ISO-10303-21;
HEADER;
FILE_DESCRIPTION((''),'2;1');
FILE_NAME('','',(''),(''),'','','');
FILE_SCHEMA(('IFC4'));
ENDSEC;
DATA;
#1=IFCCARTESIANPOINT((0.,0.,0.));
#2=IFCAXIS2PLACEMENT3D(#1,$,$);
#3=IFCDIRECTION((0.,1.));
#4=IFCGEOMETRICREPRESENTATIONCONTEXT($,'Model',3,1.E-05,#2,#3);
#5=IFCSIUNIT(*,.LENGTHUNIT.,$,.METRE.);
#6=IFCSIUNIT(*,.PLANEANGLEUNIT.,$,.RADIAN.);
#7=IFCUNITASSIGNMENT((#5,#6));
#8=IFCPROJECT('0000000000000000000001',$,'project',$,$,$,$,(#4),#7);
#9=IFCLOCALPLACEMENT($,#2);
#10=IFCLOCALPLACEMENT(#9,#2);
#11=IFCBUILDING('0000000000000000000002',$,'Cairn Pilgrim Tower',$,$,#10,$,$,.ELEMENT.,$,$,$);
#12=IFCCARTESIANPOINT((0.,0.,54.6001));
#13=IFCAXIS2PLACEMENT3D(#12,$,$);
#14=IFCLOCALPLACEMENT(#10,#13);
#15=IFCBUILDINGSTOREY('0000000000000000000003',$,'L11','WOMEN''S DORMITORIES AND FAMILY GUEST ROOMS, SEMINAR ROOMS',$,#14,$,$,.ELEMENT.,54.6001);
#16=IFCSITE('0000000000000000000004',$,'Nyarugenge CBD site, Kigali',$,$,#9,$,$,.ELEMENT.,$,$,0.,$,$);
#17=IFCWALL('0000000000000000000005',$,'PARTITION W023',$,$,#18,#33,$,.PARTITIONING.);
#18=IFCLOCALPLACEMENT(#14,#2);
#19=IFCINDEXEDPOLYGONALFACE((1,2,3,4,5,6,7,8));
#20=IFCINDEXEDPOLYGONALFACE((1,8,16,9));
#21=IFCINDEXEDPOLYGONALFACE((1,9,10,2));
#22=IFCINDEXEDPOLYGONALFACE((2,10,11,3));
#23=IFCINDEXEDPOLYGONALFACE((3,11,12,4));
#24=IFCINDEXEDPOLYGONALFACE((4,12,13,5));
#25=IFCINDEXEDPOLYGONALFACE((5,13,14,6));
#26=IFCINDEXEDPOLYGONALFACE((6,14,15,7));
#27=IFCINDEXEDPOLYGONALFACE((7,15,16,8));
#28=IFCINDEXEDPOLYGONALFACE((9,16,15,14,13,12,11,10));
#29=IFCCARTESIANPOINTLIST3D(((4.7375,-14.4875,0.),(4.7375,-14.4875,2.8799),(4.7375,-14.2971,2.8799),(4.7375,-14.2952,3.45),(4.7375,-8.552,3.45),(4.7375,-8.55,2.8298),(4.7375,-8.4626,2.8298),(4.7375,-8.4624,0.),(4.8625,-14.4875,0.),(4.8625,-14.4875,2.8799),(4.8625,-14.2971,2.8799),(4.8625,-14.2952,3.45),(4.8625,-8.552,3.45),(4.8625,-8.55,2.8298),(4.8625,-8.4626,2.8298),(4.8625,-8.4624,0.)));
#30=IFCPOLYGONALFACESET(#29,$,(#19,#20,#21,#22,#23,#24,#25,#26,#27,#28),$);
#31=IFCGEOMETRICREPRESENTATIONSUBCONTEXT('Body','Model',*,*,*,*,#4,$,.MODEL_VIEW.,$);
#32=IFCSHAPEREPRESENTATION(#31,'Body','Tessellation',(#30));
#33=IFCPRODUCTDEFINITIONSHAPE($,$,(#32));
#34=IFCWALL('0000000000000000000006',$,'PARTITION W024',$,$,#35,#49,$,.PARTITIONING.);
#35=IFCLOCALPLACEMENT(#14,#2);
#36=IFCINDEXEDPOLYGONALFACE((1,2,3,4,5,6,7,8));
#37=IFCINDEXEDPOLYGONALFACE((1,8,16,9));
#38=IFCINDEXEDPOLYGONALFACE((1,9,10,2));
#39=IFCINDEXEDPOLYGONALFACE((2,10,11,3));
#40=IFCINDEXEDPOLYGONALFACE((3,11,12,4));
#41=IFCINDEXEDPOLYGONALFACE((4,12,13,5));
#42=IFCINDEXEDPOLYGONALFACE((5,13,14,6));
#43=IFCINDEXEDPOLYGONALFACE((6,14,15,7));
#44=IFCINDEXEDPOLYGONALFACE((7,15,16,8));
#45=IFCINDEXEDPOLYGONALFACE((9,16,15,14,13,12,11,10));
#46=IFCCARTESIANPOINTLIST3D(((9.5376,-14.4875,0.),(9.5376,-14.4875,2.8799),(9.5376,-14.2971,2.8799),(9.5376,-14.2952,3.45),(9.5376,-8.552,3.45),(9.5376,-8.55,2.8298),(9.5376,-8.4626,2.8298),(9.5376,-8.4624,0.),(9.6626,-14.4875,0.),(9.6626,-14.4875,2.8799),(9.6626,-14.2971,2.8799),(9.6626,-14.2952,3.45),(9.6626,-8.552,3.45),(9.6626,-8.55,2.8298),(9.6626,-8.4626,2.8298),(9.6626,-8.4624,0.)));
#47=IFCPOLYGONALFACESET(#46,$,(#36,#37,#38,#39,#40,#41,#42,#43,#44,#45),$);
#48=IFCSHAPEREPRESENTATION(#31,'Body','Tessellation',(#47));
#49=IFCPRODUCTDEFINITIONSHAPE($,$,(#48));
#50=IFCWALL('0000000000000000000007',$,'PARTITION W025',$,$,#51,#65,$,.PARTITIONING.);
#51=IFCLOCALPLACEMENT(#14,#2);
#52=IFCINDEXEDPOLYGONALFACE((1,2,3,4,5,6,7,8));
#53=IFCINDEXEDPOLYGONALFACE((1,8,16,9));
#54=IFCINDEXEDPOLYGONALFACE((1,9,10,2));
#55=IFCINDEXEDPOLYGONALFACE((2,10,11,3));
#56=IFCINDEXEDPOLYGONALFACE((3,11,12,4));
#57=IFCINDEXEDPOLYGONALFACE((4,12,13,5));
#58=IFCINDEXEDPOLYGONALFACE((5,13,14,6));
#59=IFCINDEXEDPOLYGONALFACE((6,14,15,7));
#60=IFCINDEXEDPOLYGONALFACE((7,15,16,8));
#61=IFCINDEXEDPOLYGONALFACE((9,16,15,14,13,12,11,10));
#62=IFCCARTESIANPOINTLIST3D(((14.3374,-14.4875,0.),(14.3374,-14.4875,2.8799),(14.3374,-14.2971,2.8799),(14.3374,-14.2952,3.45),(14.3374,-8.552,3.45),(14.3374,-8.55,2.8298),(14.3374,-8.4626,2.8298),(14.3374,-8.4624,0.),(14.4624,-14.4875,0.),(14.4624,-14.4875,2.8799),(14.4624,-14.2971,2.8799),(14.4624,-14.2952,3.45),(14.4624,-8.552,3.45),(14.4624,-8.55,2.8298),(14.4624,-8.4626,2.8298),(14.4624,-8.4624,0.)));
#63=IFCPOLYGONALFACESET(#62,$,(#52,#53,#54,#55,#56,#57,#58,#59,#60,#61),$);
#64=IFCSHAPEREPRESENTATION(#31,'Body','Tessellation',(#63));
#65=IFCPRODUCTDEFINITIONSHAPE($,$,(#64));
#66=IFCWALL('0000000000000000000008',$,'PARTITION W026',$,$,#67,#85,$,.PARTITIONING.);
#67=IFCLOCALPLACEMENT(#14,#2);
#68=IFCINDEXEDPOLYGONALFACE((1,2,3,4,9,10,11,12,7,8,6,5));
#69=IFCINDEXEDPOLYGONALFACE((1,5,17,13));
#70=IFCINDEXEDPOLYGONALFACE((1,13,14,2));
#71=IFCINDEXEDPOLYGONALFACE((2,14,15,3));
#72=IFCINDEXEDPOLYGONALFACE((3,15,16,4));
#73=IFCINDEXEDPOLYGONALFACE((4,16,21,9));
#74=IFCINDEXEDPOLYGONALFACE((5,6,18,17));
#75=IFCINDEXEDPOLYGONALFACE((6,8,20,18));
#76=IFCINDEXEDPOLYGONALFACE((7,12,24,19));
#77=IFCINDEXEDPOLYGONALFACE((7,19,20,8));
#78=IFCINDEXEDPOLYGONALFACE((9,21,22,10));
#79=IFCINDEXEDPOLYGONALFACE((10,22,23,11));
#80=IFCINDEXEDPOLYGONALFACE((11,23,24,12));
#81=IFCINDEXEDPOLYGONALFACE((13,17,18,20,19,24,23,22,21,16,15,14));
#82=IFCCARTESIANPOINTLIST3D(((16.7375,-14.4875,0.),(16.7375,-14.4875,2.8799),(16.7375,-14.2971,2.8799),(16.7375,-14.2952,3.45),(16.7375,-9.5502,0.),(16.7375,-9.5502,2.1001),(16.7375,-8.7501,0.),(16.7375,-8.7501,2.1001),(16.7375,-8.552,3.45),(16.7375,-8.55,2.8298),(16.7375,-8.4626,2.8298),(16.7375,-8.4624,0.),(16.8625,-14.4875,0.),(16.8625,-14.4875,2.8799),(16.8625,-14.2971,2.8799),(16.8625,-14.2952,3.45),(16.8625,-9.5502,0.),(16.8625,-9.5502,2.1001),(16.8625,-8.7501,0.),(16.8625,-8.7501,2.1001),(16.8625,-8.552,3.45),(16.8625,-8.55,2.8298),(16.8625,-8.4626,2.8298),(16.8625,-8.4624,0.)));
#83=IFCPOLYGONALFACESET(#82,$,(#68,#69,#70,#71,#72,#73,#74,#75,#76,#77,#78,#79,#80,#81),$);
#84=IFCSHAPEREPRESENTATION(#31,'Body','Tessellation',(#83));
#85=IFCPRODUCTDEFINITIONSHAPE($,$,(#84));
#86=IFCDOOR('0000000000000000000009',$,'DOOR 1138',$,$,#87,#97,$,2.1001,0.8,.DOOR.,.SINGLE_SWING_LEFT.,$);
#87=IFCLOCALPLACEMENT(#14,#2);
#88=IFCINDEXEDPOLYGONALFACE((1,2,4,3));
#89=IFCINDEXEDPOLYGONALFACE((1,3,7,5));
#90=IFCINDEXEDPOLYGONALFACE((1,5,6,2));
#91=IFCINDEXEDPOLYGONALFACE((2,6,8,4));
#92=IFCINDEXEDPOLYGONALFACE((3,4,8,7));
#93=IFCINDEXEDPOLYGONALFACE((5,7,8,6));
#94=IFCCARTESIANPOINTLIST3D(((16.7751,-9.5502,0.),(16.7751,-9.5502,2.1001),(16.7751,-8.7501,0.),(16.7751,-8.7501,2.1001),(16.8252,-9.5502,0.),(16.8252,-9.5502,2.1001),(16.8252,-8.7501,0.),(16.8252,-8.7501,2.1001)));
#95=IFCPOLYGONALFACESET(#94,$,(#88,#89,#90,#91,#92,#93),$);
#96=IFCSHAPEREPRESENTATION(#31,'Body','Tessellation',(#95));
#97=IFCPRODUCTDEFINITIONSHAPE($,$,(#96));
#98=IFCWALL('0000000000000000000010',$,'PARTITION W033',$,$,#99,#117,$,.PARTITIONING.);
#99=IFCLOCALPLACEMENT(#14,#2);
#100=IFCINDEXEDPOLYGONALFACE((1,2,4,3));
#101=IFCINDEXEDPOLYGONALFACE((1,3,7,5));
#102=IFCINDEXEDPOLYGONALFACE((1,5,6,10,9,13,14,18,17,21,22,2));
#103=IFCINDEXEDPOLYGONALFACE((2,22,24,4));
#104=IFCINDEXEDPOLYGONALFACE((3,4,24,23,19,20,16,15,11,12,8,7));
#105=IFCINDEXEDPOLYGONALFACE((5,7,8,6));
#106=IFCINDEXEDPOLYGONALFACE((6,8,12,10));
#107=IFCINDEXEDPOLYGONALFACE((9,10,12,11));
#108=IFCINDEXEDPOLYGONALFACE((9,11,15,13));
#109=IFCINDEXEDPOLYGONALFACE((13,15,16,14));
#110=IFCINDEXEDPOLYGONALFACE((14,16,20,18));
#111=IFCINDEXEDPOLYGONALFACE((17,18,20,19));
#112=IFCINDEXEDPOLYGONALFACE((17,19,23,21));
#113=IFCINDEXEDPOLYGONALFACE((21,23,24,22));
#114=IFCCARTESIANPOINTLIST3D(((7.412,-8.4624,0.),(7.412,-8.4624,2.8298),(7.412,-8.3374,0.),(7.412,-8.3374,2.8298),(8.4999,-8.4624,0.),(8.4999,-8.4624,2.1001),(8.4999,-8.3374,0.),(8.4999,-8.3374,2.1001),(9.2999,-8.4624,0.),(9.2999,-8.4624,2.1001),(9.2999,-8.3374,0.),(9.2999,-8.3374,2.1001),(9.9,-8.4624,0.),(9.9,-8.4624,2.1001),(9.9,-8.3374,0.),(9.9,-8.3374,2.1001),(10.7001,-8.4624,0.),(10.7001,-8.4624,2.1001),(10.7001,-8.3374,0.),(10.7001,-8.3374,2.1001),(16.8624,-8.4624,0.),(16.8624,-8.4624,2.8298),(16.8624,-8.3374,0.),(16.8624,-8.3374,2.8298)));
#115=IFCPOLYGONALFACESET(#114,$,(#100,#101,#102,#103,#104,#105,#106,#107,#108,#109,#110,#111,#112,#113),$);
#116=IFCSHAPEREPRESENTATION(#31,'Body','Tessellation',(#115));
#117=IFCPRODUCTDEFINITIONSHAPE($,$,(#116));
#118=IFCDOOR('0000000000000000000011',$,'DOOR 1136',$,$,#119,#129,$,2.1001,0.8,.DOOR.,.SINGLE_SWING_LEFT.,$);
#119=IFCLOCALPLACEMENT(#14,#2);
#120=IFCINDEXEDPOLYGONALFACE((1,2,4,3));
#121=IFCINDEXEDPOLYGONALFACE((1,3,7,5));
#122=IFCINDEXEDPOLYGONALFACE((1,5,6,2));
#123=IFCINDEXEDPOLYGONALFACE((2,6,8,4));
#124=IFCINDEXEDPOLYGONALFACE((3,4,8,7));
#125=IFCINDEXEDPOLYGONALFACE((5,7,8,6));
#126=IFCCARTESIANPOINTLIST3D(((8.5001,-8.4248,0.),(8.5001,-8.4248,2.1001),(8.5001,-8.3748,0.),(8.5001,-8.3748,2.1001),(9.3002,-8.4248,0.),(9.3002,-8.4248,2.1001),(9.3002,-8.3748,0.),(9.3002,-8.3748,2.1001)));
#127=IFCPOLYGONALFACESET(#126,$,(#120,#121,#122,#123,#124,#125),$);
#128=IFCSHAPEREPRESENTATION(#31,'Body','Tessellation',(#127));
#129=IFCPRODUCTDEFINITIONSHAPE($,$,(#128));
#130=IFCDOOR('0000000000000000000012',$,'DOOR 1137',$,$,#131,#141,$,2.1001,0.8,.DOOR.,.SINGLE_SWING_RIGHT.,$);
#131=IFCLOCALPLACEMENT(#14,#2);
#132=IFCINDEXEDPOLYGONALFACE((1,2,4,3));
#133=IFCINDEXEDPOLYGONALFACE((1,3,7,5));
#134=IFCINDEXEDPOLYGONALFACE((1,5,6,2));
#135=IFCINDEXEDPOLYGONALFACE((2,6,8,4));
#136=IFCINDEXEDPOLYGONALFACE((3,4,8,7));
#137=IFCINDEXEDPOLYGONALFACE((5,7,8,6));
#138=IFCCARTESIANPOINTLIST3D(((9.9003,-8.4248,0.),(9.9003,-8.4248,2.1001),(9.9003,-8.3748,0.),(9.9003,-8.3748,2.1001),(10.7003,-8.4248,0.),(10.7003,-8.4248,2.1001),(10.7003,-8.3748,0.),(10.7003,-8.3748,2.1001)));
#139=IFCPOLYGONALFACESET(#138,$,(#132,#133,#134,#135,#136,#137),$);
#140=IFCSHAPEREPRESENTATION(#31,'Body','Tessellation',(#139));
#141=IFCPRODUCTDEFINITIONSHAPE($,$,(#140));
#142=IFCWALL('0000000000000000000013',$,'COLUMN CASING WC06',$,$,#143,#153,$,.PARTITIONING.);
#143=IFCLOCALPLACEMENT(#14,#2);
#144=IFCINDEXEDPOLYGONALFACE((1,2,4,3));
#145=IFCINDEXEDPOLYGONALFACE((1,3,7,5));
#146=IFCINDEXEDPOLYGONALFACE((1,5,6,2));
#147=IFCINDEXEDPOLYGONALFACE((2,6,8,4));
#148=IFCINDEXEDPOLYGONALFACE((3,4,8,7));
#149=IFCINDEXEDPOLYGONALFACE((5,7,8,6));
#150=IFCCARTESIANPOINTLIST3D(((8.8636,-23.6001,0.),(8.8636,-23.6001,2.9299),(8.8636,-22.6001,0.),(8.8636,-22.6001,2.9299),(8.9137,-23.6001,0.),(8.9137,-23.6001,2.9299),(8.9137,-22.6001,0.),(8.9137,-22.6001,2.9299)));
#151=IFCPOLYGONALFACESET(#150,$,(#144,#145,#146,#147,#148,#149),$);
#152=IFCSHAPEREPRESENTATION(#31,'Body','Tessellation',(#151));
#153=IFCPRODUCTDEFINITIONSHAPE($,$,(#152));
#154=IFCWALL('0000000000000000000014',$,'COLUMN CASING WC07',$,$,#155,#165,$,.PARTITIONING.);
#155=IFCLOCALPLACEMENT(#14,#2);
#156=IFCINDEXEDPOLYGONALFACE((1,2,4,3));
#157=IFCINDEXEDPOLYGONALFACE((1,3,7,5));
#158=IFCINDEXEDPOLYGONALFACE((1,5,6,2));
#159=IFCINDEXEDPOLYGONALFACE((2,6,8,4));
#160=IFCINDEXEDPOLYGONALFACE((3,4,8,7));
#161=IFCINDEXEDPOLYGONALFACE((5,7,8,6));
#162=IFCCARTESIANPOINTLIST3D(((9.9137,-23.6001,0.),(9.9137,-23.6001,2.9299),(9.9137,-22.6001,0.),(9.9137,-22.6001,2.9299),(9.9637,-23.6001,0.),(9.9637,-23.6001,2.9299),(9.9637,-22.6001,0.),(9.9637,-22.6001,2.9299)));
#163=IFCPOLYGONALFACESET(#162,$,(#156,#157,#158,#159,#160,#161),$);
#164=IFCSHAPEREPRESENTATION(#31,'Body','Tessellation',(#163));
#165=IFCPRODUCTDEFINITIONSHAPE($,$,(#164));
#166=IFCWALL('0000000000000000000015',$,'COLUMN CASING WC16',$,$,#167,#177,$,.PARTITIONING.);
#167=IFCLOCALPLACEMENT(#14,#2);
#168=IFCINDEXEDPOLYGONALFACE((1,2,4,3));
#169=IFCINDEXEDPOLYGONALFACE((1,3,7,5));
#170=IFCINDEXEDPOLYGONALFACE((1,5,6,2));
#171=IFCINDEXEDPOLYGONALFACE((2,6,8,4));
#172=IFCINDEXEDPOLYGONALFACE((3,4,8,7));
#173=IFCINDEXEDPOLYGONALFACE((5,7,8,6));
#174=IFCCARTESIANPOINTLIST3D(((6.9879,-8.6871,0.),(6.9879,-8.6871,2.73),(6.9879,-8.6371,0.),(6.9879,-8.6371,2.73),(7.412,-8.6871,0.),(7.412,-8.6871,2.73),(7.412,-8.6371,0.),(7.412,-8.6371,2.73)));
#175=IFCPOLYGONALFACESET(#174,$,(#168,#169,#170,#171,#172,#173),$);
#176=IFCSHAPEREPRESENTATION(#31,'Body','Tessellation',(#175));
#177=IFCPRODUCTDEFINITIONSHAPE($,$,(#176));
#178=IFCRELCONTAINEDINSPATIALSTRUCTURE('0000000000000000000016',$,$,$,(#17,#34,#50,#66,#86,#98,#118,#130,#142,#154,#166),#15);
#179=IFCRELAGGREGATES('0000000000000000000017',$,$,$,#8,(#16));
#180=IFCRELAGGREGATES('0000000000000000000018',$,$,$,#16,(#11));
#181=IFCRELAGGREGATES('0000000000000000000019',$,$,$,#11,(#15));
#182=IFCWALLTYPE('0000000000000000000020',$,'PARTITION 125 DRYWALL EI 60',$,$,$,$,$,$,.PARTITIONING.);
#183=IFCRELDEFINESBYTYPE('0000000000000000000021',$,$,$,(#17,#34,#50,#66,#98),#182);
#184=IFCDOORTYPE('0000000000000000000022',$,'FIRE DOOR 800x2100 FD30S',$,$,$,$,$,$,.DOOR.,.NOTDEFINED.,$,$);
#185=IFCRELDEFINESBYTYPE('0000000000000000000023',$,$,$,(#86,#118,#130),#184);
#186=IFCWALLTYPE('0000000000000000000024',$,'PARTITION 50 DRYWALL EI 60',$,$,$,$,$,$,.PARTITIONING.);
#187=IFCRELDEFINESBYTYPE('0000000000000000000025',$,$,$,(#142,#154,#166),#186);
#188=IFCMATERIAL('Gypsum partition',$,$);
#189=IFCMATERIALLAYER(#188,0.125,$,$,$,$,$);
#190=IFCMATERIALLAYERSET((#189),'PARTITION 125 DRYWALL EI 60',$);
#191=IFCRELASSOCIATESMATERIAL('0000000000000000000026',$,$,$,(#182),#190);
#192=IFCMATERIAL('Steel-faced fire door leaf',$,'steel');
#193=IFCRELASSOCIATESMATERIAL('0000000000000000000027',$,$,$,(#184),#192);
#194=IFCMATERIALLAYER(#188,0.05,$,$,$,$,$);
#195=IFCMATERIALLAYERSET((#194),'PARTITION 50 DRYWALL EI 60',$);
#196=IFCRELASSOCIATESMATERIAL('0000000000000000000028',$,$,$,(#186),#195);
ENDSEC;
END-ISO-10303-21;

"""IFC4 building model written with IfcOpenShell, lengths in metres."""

from ifc_helpers import new_model, si_unit, direction, frame, frame_2d, origin, place, context, subcontext, project, spatial, polyline, rectangle, outline, extrude, material, layer, layer_set, type_object, element, fill, save


model = new_model("IFC4")

# Units and contexts
model_context = context("Model", 3, precision=1e-05, world=origin(), true_north=direction((0.0, 1.0)))
body_context = subcontext(model_context, "Body", "Model", "MODEL_VIEW")
ifc_project = project(units=[si_unit("LENGTHUNIT", "METRE"), si_unit("PLANEANGLEUNIT", "RADIAN")], contexts=[model_context])

# Site, building, storey
site_placement = place(None, origin())
site = spatial("IfcSite", under=ifc_project, at=site_placement, Name="Nyarugenge CBD site, Kigali", CompositionType="ELEMENT", RefElevation=0.0)
building_placement = place(site_placement, origin())
building = spatial("IfcBuilding", under=site, at=building_placement, Name="Cairn Pilgrim Tower", CompositionType="ELEMENT")
storey_placement = place(building_placement, frame((0.0, 0.0, 54.6001)))
storey = spatial("IfcBuildingStorey", under=building, at=storey_placement, Name="L11", Description="WOMEN'S DORMITORIES AND FAMILY GUEST ROOMS, SEMINAR ROOMS", CompositionType="ELEMENT", Elevation=54.6001)

# Shared definitions
ifc_material_1 = material(Name="Gypsum partition")
ifc_layer_1 = layer(ifc_material_1, 0.125)
ifc_layer_set_1 = layer_set([ifc_layer_1], Name="PARTITION 125 DRYWALL EI 60")
wall_type_1 = type_object("IfcWallType", Name="PARTITION 125 DRYWALL EI 60", PredefinedType="PARTITIONING", material=ifc_layer_set_1)

# Shared definitions
ifc_material_2 = material(Name="Steel-faced fire door leaf", Category="steel")
door_type_1 = type_object("IfcDoorType", Name="FIRE DOOR 800x2100 FD30S", OperationType="NOTDEFINED", PredefinedType="DOOR", material=ifc_material_2)

# Walls
for number, where, z_axis, x_axis, name in (
    (1, (4.8, -14.4875, 0.0), (0.0, 0.0, 1.0), (0.0, 1.0, 0.0), "PARTITION W023"),
    (2, (9.6001, -14.4875, 0.0), (0.0, 0.0, 1.0), (0.0, 1.0, 0.0), "PARTITION W024"),
    (3, (14.3999, -14.4875, 0.0), (0.0, 0.0, 1.0), (0.0, 1.0, 0.0), "PARTITION W025"),
):
    element("IfcWall", number, at=place(storey_placement, frame(where, z_axis=z_axis, x_axis=x_axis)), inside=storey, type_object=wall_type_1, Name=name, PredefinedType="PARTITIONING", context=body_context, shape_type="SweptSolid", body=[
        extrude(outline(polyline([(0.0, 0.0), (6.0251, 0.0), (6.0249, 2.8298), (5.9375, 2.8298), (5.9355, 3.45), (0.1924, 3.45), (0.1904, 2.8799), (0.0, 2.8799), (0.0, 0.0)])), frame((0.0, 0.0625, 0.0), z_axis=(0.0, -1.0, 0.0), x_axis=(1.0, 0.0, 0.0)), (0.0, 0.0, 1.0), 0.125),
    ])

# Wall, opening, door
wall_1_placement = place(storey_placement, frame((16.8, -14.4875, 0.0), z_axis=(0.0, 0.0, 1.0), x_axis=(0.0, 1.0, 0.0)))
wall_1 = element("IfcWall", 4, at=wall_1_placement, inside=storey, type_object=wall_type_1, Name="PARTITION W026", PredefinedType="PARTITIONING", context=body_context, shape_type="SweptSolid", body=[
    extrude(outline(polyline([(0.0, 0.0), (6.0251, 0.0), (6.0249, 2.8298), (5.9375, 2.8298), (5.9355, 3.45), (0.1924, 3.45), (0.1904, 2.8799), (0.0, 2.8799), (0.0, 0.0)])), frame((0.0, 0.0625, 0.0), z_axis=(0.0, -1.0, 0.0), x_axis=(1.0, 0.0, 0.0)), (0.0, 0.0, 1.0), 0.125),
])
opening_1_placement = place(wall_1_placement, frame((4.9375, 0.0, 0.0)))
opening_1 = element("IfcOpeningElement", 5, at=opening_1_placement, cuts=wall_1, PredefinedType="OPENING", context=body_context, shape_type="SweptSolid", body=[
    extrude(rectangle(XDim=0.8, YDim=2.1001, at=frame_2d((0.3999, 1.05))), frame((0.0, 0.0725, 0.0), z_axis=(0.0, -1.0, 0.0), x_axis=(1.0, 0.0, 0.0)), (0.0, 0.0, 1.0), 0.145),
])
door_1_placement = place(opening_1_placement, origin())
door_1 = element("IfcDoor", 6, at=door_1_placement, inside=storey, type_object=door_type_1, Name="DOOR 1138", OperationType="SINGLE_SWING_LEFT", OverallHeight=2.1001, OverallWidth=0.8, PredefinedType="DOOR", context=body_context, shape_type="SweptSolid", body=[
    extrude(rectangle(XDim=0.8, YDim=2.1001, at=frame_2d((0.3999, 1.05))), frame((0.0, 0.0249, 0.0), z_axis=(0.0, -1.0, 0.0), x_axis=(1.0, 0.0, 0.0)), (0.0, 0.0, 1.0), 0.05),
])
fill(opening_1, door_1)

# Wall, openings, doors
wall_2_placement = place(storey_placement, frame((7.4121, -8.3999, 0.0), z_axis=(0.0, 0.0, 1.0), x_axis=(1.0, 0.0, 0.0)))
wall_2 = element("IfcWall", 7, at=wall_2_placement, inside=storey, type_object=wall_type_1, Name="PARTITION W033", PredefinedType="PARTITIONING", context=body_context, shape_type="SweptSolid", body=[
    extrude(rectangle(XDim=9.4504, YDim=0.125, at=frame_2d((4.7251, 0.0))), origin(), (0.0, 0.0, 1.0), 2.8298),
])
opening_2_placement = place(wall_2_placement, frame((1.0879, 0.0, 0.0)))
opening_2 = element("IfcOpeningElement", 8, at=opening_2_placement, cuts=wall_2, PredefinedType="OPENING", context=body_context, shape_type="SweptSolid", body=[
    extrude(rectangle(XDim=0.8, YDim=2.1001, at=frame_2d((0.3999, 1.05))), frame((0.0, 0.0725, 0.0), z_axis=(0.0, -1.0, 0.0), x_axis=(1.0, 0.0, 0.0)), (0.0, 0.0, 1.0), 0.145),
])
opening_3_placement = place(wall_2_placement, frame((2.488, 0.0, 0.0)))
opening_3 = element("IfcOpeningElement", 9, at=opening_3_placement, cuts=wall_2, PredefinedType="OPENING", context=body_context, shape_type="SweptSolid", body=[
    extrude(rectangle(XDim=0.8, YDim=2.1001, at=frame_2d((0.3999, 1.05))), frame((0.0, 0.0725, 0.0), z_axis=(0.0, -1.0, 0.0), x_axis=(1.0, 0.0, 0.0)), (0.0, 0.0, 1.0), 0.145),
])
door_2_placement = place(opening_2_placement, frame((0.8, 0.0, 0.0), z_axis=(0.0, 0.0, 1.0), x_axis=(-1.0, 0.0, 0.0)))
door_2 = element("IfcDoor", 10, at=door_2_placement, inside=storey, type_object=door_type_1, Name="DOOR 1136", OperationType="SINGLE_SWING_LEFT", OverallHeight=2.1001, OverallWidth=0.8, PredefinedType="DOOR", context=body_context, shape_type="SweptSolid", body=[
    extrude(rectangle(XDim=0.8, YDim=2.1001, at=frame_2d((0.3999, 1.05))), frame((0.0, 0.0249, 0.0), z_axis=(0.0, -1.0, 0.0), x_axis=(1.0, 0.0, 0.0)), (0.0, 0.0, 1.0), 0.05),
])
fill(opening_2, door_2)
door_3_placement = place(opening_3_placement, frame((0.8, 0.0, 0.0), z_axis=(0.0, 0.0, 1.0), x_axis=(-1.0, 0.0, 0.0)))
door_3 = element("IfcDoor", 11, at=door_3_placement, inside=storey, type_object=door_type_1, Name="DOOR 1137", OperationType="SINGLE_SWING_RIGHT", OverallHeight=2.1001, OverallWidth=0.8, PredefinedType="DOOR", context=body_context, shape_type="SweptSolid", body=[
    extrude(rectangle(XDim=0.8, YDim=2.1001, at=frame_2d((0.3999, 1.05))), frame((0.0, 0.0249, 0.0), z_axis=(0.0, -1.0, 0.0), x_axis=(1.0, 0.0, 0.0)), (0.0, 0.0, 1.0), 0.05),
])
fill(opening_3, door_3)

# Walls
ifc_layer_2 = layer(ifc_material_1, 0.05)
ifc_layer_set_2 = layer_set([ifc_layer_2], Name="PARTITION 50 DRYWALL EI 60")
wall_type_2 = type_object("IfcWallType", Name="PARTITION 50 DRYWALL EI 60", PredefinedType="PARTITIONING", material=ifc_layer_set_2)
for number, where, z_axis, x_axis, name in (
    (12, (8.8887, -23.6001, 0.0), (0.0, 0.0, 1.0), (0.0, 1.0, 0.0), "COLUMN CASING WC06"),
    (13, (9.9387, -23.6001, 0.0), (0.0, 0.0, 1.0), (0.0, 1.0, 0.0), "COLUMN CASING WC07"),
):
    element("IfcWall", number, at=place(storey_placement, frame(where, z_axis=z_axis, x_axis=x_axis)), inside=storey, type_object=wall_type_2, Name=name, PredefinedType="PARTITIONING", context=body_context, shape_type="SweptSolid", body=[
        extrude(rectangle(XDim=1.0, YDim=0.05, at=frame_2d((0.5, 0.0))), origin(), (0.0, 0.0, 1.0), 2.9299),
    ])
wall_3_placement = place(storey_placement, frame((6.988, -8.6621, 0.0), z_axis=(0.0, 0.0, 1.0), x_axis=(1.0, 0.0, 0.0)))
element("IfcWall", 14, at=wall_3_placement, inside=storey, type_object=wall_type_2, Name="COLUMN CASING WC16", PredefinedType="PARTITIONING", context=body_context, shape_type="SweptSolid", body=[
    extrude(rectangle(XDim=0.4241, YDim=0.05, at=frame_2d((0.2119, 0.0))), origin(), (0.0, 0.0, 1.0), 2.73),
])

save(model, "model.ifc")
